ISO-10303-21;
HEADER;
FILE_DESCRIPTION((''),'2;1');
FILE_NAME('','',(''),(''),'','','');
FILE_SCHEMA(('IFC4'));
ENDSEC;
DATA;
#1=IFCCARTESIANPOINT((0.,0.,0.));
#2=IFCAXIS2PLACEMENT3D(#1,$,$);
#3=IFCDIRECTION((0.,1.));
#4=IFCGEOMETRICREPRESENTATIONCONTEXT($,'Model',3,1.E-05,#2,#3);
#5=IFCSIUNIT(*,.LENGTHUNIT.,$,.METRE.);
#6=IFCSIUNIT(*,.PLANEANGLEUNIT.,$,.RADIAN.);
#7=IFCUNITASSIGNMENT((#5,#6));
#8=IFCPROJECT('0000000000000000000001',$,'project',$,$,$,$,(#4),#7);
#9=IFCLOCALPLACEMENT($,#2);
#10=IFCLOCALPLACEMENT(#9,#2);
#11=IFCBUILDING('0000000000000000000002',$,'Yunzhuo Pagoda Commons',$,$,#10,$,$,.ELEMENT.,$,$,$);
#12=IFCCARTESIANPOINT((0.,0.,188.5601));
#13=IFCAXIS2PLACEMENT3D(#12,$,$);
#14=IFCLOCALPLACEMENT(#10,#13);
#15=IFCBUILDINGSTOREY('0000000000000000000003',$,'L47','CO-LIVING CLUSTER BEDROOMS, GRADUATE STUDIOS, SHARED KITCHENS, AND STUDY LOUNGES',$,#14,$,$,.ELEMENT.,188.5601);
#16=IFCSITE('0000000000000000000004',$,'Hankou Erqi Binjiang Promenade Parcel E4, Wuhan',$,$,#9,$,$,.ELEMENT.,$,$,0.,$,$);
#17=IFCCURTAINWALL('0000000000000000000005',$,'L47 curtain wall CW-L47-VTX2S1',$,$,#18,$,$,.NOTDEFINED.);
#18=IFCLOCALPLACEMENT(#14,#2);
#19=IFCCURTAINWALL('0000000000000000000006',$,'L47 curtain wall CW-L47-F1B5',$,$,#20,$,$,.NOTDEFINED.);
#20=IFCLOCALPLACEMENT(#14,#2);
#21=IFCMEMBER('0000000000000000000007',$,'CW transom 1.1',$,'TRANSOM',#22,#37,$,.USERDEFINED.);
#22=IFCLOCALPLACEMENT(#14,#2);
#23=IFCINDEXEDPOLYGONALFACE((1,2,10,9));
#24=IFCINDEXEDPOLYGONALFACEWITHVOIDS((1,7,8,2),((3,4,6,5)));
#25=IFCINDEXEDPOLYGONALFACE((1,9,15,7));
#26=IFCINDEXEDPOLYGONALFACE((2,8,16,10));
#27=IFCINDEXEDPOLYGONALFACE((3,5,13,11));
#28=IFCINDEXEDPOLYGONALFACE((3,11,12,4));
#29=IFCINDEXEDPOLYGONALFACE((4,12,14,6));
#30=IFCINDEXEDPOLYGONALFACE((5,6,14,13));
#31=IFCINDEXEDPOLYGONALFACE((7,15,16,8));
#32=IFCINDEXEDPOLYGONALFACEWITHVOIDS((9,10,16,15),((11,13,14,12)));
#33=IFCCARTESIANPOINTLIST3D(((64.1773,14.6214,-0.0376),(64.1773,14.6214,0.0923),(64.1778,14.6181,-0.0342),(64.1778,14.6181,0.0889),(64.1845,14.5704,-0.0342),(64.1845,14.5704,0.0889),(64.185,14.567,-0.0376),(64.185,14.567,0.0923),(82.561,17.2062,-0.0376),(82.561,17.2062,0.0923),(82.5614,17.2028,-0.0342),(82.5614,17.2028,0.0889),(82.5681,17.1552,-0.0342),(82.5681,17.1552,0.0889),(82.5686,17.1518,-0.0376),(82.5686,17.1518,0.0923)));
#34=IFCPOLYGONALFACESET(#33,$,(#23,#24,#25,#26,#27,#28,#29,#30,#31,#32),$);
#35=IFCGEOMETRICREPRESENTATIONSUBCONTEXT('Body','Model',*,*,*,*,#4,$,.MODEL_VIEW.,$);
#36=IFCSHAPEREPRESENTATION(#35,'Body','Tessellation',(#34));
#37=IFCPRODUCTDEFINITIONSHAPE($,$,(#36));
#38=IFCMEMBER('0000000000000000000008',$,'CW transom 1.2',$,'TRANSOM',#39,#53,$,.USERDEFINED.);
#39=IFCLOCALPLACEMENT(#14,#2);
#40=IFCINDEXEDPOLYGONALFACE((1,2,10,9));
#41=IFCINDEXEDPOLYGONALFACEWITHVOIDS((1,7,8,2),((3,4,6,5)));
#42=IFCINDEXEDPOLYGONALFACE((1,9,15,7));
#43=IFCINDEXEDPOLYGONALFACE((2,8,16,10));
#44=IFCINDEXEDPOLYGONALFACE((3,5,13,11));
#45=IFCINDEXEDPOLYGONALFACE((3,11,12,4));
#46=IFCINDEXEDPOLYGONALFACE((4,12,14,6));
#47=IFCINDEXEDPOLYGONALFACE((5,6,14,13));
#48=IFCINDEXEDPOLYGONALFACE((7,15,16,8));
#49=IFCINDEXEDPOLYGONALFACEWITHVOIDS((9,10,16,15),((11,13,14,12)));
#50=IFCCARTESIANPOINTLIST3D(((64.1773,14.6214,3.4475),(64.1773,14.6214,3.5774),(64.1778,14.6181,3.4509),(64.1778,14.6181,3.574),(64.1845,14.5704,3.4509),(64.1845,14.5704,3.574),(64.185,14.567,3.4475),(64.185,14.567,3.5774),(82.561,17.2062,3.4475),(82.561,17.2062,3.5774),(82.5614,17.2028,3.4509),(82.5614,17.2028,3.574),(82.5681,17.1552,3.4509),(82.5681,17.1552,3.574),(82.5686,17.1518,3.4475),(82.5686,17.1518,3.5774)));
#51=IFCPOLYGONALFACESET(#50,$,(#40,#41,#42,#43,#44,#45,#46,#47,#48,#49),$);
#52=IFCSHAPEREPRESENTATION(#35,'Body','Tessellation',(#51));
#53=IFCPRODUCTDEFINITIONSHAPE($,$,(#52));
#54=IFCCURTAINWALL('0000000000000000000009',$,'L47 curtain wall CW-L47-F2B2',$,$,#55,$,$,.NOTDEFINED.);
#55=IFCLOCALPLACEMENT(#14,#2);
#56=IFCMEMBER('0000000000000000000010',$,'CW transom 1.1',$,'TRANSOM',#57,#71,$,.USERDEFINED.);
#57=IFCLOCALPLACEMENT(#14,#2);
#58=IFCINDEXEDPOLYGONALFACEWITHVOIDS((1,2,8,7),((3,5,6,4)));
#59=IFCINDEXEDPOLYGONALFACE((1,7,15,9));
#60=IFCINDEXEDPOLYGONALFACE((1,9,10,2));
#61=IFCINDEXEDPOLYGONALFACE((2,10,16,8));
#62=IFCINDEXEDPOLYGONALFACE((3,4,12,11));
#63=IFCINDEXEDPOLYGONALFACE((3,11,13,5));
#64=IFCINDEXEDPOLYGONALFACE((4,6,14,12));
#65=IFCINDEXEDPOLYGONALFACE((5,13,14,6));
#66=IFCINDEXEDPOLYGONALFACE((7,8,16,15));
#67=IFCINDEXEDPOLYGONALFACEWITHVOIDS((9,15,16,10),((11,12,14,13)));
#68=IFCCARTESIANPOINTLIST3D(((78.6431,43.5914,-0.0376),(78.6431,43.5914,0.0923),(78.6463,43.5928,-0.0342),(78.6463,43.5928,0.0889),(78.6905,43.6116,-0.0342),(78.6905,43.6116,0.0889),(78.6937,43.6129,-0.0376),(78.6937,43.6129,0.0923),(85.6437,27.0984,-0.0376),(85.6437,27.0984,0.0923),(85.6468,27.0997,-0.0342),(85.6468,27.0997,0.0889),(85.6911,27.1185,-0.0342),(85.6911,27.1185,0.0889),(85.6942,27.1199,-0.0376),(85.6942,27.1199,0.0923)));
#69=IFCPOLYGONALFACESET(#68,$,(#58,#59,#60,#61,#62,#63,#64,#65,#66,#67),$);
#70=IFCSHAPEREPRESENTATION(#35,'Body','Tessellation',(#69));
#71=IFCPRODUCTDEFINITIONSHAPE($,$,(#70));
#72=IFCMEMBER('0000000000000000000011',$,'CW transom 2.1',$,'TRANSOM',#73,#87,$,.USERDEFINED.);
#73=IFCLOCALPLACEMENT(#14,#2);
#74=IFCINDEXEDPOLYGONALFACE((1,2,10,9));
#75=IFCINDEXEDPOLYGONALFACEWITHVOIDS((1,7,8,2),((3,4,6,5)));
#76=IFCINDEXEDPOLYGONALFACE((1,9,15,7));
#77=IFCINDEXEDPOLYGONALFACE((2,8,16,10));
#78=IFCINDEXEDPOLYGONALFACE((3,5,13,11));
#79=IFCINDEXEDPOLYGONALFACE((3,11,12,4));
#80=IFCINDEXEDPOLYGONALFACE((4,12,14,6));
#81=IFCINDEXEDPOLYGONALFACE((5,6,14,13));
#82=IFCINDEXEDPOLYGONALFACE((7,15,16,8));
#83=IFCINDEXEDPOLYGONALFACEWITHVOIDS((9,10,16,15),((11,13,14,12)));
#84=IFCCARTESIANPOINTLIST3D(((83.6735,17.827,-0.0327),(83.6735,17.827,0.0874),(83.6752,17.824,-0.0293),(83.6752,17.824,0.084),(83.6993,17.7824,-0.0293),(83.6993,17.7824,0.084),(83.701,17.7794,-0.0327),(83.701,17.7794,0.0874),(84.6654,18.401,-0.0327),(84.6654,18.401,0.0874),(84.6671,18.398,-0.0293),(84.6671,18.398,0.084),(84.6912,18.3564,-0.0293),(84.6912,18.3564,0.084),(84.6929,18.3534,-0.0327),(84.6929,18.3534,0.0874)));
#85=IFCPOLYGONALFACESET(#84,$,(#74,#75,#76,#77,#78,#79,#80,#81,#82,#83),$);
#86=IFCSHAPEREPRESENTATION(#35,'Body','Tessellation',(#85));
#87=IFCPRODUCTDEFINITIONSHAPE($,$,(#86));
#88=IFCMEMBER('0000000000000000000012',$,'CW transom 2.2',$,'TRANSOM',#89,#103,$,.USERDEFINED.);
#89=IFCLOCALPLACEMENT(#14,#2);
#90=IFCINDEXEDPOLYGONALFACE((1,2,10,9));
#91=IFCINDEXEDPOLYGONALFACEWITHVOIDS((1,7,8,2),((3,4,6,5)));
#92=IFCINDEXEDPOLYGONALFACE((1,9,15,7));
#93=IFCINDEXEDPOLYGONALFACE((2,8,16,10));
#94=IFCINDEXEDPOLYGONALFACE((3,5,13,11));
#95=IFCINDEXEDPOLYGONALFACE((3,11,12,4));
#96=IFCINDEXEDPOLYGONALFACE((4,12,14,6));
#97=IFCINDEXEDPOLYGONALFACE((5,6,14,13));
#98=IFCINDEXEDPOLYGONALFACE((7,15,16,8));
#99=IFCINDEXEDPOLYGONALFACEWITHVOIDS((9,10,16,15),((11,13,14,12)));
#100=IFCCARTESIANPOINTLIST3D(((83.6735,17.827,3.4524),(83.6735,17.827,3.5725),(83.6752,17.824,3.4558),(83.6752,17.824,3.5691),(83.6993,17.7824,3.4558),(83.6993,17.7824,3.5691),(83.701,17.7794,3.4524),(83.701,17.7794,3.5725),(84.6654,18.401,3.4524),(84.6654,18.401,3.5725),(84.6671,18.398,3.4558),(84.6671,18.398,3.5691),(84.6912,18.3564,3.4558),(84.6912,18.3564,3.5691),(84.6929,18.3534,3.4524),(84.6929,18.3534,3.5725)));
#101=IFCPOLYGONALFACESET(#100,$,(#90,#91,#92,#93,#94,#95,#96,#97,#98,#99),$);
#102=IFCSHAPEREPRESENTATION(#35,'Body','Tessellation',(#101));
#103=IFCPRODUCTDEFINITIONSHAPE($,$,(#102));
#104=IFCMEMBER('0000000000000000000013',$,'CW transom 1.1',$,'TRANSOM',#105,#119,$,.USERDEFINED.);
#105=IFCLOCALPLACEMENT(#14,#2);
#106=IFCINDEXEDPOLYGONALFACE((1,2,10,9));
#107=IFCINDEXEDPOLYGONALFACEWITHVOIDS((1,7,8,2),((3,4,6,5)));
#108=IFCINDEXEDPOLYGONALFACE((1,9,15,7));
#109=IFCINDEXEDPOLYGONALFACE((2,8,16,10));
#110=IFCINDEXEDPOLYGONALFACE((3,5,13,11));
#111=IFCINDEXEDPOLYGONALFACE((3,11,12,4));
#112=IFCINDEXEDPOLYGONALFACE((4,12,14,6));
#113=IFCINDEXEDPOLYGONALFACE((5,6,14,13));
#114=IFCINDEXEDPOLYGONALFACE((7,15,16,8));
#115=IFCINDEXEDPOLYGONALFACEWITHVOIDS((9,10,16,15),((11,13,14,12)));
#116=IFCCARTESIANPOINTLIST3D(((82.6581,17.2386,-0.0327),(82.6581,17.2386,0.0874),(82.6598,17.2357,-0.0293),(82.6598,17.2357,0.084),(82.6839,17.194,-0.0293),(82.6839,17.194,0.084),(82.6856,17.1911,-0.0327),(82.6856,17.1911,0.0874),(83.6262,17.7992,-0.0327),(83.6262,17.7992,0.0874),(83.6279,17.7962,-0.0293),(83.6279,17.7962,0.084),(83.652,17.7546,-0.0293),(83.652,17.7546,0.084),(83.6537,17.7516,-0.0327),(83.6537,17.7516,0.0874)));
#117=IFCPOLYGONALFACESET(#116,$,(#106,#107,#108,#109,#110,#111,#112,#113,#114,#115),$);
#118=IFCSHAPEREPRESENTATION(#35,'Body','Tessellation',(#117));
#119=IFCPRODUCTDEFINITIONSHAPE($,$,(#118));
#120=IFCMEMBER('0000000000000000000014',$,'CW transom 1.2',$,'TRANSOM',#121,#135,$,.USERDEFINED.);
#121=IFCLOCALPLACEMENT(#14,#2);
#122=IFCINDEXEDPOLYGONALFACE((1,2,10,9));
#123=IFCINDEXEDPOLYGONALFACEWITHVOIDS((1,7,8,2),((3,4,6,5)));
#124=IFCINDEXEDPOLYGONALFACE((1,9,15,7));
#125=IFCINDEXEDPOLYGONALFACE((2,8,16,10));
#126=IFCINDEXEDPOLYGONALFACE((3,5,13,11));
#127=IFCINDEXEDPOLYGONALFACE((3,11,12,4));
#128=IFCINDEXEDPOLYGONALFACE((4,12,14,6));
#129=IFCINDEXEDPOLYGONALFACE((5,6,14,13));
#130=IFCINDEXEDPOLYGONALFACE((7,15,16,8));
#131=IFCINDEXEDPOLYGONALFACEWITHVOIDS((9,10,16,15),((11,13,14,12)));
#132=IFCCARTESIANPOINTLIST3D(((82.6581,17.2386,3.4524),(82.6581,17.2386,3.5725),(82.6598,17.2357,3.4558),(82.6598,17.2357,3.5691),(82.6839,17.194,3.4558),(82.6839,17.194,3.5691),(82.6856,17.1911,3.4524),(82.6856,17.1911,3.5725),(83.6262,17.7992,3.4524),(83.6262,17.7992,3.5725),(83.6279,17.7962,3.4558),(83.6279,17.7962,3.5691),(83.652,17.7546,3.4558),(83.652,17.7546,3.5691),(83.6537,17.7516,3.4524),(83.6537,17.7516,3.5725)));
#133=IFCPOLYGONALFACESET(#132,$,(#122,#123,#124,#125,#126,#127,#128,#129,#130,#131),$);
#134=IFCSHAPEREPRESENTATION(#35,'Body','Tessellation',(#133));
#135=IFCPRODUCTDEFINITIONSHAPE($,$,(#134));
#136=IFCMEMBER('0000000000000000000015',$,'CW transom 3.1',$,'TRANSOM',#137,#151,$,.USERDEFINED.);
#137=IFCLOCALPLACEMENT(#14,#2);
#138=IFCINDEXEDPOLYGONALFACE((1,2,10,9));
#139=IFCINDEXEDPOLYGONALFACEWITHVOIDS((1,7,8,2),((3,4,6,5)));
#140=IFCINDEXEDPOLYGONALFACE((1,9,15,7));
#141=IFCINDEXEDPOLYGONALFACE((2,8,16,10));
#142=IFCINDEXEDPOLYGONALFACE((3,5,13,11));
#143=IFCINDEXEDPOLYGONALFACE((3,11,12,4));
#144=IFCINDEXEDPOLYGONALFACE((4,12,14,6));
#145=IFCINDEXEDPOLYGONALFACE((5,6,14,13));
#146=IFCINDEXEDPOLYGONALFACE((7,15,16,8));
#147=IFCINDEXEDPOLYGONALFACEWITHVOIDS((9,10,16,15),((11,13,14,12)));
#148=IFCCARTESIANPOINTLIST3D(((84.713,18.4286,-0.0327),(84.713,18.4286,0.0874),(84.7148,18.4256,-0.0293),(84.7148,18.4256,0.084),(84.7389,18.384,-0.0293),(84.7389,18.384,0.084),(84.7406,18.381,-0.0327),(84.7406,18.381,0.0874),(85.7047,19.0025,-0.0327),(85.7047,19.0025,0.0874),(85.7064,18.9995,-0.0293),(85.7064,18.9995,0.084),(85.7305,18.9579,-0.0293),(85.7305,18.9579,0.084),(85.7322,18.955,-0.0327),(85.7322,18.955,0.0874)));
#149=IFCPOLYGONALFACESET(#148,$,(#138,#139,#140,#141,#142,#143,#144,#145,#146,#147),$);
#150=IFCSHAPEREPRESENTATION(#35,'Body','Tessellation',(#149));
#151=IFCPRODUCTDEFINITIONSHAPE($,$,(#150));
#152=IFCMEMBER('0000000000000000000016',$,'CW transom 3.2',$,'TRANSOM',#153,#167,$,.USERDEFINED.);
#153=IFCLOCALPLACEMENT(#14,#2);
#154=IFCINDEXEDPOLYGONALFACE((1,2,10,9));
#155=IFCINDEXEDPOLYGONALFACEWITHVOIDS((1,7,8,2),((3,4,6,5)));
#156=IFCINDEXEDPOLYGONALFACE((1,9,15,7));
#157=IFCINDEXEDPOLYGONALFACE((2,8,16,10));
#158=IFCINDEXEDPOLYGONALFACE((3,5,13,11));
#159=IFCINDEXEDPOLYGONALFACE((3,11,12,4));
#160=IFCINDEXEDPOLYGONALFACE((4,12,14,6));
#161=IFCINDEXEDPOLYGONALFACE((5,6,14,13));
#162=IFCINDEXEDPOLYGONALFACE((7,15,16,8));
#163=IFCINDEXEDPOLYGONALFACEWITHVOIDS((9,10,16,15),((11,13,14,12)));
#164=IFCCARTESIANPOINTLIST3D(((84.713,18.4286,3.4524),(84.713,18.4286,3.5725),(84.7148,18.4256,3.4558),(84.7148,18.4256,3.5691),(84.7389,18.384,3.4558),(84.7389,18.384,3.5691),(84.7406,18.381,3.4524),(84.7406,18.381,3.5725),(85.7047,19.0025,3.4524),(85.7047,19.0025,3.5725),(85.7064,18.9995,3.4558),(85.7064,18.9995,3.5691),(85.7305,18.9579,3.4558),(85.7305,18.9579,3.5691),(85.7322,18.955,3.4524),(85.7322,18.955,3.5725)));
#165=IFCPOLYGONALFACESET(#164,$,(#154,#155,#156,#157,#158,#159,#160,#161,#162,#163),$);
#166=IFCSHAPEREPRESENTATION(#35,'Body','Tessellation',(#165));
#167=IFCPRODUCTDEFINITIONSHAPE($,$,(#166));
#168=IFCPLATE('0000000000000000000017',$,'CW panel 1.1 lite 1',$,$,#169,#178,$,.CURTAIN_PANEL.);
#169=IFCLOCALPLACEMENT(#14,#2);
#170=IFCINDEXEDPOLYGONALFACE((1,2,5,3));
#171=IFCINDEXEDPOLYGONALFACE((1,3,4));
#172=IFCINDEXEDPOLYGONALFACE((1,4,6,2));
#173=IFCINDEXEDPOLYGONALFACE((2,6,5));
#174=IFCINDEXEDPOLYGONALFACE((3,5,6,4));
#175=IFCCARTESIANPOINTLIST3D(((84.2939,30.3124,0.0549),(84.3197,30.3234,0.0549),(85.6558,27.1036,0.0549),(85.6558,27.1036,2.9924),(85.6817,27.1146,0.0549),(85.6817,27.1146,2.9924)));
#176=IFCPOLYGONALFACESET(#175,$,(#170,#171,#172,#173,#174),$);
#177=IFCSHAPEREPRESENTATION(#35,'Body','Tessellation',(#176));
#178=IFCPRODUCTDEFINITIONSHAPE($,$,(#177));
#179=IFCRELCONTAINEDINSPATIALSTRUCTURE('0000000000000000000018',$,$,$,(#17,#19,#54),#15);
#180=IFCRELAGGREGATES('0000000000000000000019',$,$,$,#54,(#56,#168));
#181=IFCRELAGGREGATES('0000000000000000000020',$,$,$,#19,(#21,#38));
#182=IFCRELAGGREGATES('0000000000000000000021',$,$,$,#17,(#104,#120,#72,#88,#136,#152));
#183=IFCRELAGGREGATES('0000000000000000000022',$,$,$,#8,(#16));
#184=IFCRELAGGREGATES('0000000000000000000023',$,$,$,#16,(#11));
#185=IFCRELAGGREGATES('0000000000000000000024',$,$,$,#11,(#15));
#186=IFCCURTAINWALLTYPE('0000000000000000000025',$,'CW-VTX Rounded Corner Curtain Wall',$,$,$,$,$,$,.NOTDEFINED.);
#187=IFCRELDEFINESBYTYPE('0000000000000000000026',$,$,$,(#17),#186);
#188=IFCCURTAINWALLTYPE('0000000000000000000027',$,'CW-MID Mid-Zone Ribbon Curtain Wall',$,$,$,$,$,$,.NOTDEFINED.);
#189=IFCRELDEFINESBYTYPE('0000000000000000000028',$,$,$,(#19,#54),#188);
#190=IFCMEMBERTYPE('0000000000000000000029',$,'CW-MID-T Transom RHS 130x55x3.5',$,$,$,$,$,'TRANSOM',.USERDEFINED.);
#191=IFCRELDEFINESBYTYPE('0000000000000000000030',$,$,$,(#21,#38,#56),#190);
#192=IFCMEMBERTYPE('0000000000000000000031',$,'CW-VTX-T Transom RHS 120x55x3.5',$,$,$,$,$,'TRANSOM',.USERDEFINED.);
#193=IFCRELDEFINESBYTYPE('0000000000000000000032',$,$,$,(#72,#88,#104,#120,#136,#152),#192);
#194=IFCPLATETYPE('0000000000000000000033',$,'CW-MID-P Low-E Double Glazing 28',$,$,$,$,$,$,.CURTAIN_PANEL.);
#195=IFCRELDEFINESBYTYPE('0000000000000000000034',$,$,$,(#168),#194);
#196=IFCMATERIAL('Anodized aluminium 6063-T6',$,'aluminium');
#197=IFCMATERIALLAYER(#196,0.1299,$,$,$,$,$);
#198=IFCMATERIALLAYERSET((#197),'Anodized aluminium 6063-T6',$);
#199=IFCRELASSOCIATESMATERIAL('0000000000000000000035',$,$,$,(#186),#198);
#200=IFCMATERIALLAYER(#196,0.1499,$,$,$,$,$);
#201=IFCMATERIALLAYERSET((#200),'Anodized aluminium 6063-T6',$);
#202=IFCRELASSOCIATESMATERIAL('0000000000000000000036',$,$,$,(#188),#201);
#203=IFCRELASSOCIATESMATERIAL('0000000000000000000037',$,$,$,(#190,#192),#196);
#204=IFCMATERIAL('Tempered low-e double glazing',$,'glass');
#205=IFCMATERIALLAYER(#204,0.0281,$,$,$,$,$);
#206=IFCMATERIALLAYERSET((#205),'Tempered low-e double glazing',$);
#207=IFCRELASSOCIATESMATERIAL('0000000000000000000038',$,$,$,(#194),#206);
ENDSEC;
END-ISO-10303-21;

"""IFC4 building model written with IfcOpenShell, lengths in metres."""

from ifc_helpers import new_model, si_unit, direction, frame, origin, origin_2d, place, context, subcontext, project, spatial, polyline, hollow_rectangle, outline, extrude, source, transform, mapped, material, layer, layer_set, material_profile, profile_set, type_object, element, aggregate, save


model = new_model("IFC4")

# Units and contexts
model_context = context("Model", 3, precision=1e-05, world=origin(), true_north=direction((0.0, 1.0)))
body_context = subcontext(model_context, "Body", "Model", "MODEL_VIEW")
ifc_project = project(units=[si_unit("LENGTHUNIT", "METRE"), si_unit("PLANEANGLEUNIT", "RADIAN")], contexts=[model_context])

# Site, building, storey
site_placement = place(None, origin())
site = spatial("IfcSite", under=ifc_project, at=site_placement, Name="Hankou Erqi Binjiang Promenade Parcel E4, Wuhan", CompositionType="ELEMENT", RefElevation=0.0)
building_placement = place(site_placement, origin())
building = spatial("IfcBuilding", under=site, at=building_placement, Name="Yunzhuo Pagoda Commons", CompositionType="ELEMENT")
storey_placement = place(building_placement, frame((0.0, 0.0, 188.5601)))
storey = spatial("IfcBuildingStorey", under=building, at=storey_placement, Name="L47", Description="CO-LIVING CLUSTER BEDROOMS, GRADUATE STUDIOS, SHARED KITCHENS, AND STUDY LOUNGES", CompositionType="ELEMENT", Elevation=188.5601)

# Curtain wall
ifc_material_1 = material(Name="Anodized aluminium 6063-T6", Category="aluminium")
ifc_layer_1 = layer(ifc_material_1, 0.1299)
ifc_layer_set_1 = layer_set([ifc_layer_1], Name="Anodized aluminium 6063-T6")
curtain_wall_type_1 = type_object("IfcCurtainWallType", Name="CW-VTX Rounded Corner Curtain Wall", PredefinedType="NOTDEFINED", material=ifc_layer_set_1)
curtain_wall_1_placement = place(storey_placement, origin())
curtain_wall_1 = element("IfcCurtainWall", 1, at=curtain_wall_1_placement, inside=storey, type_object=curtain_wall_type_1, Name="L47 curtain wall CW-L47-VTX2S1", PredefinedType="NOTDEFINED")

# Shared definitions
ifc_layer_2 = layer(ifc_material_1, 0.1499)
ifc_layer_set_2 = layer_set([ifc_layer_2], Name="Anodized aluminium 6063-T6")
curtain_wall_type_2 = type_object("IfcCurtainWallType", Name="CW-MID Mid-Zone Ribbon Curtain Wall", PredefinedType="NOTDEFINED", material=ifc_layer_set_2)

# Curtain wall, members
curtain_wall_2_placement = place(storey_placement, origin())
curtain_wall_2 = element("IfcCurtainWall", 2, at=curtain_wall_2_placement, inside=storey, type_object=curtain_wall_type_2, Name="L47 curtain wall CW-L47-F1B5", PredefinedType="NOTDEFINED")
ifc_material_profile_1 = material_profile(ifc_material_1, hollow_rectangle(XDim=0.0549, YDim=0.1299, WallThickness=0.0034, at=origin_2d()), Name="Anodized aluminium 6063-T6")
ifc_profile_set_1 = profile_set([ifc_material_profile_1], Name="Anodized aluminium 6063-T6")
member_type_1 = type_object("IfcMemberType", Name="CW-MID-T Transom RHS 130x55x3.5", ElementType="TRANSOM", PredefinedType="USERDEFINED", material=ifc_profile_set_1)
shared_shape_1 = source(origin(), body_context, "Body", "SweptSolid", [
    extrude(hollow_rectangle(XDim=0.0549, YDim=0.1299, WallThickness=0.0034, at=origin_2d()), origin(), (0.0, 0.0, 1.0), 18.5645),
])
member_1_placement = place(storey_placement, frame((64.1812, 14.5942, 0.0273), z_axis=(0.99026, 0.13923, 0.0), x_axis=(-0.13923, 0.99026, 0.0)))
member_1 = element("IfcMember", 3, at=member_1_placement, type_object=member_type_1, Name="CW transom 1.1", ObjectType="TRANSOM", PredefinedType="USERDEFINED", context=body_context, shape_type="MappedRepresentation", body=[
    mapped(shared_shape_1, transform((0.0, 0.0, 0.0), scale=1.0)),
])
member_2_placement = place(storey_placement, frame((64.1812, 14.5942, 3.5125), z_axis=(0.99026, 0.13923, 0.0), x_axis=(-0.13923, 0.99026, 0.0)))
member_2 = element("IfcMember", 4, at=member_2_placement, type_object=member_type_1, Name="CW transom 1.2", ObjectType="TRANSOM", PredefinedType="USERDEFINED", context=body_context, shape_type="MappedRepresentation", body=[
    mapped(shared_shape_1, transform((0.0, 0.0, 0.0), scale=1.0)),
])

# Curtain wall, member
curtain_wall_3_placement = place(storey_placement, origin())
curtain_wall_3 = element("IfcCurtainWall", 5, at=curtain_wall_3_placement, inside=storey, type_object=curtain_wall_type_2, Name="L47 curtain wall CW-L47-F2B2", PredefinedType="NOTDEFINED")
shared_shape_2 = source(origin(), body_context, "Body", "SweptSolid", [
    extrude(hollow_rectangle(XDim=0.0549, YDim=0.1299, WallThickness=0.0034, at=origin_2d()), origin(), (0.0, 0.0, 1.0), 17.9172),
])
member_3_placement = place(storey_placement, frame((85.6689, 27.1091, 0.0273), z_axis=(-0.390715, 0.920512, 0.0), x_axis=(-0.920512, -0.390715, 0.0)))
member_3 = element("IfcMember", 6, at=member_3_placement, type_object=member_type_1, Name="CW transom 1.1", ObjectType="TRANSOM", PredefinedType="USERDEFINED", context=body_context, shape_type="MappedRepresentation", body=[
    mapped(shared_shape_2, transform((0.0, 0.0, 0.0), scale=1.0)),
])

# Members
ifc_material_profile_2 = material_profile(ifc_material_1, hollow_rectangle(XDim=0.0549, YDim=0.1201, WallThickness=0.0034, at=origin_2d()), Name="Anodized aluminium 6063-T6")
ifc_profile_set_2 = profile_set([ifc_material_profile_2], Name="Anodized aluminium 6063-T6")
member_type_2 = type_object("IfcMemberType", Name="CW-VTX-T Transom RHS 120x55x3.5", ElementType="TRANSOM", PredefinedType="USERDEFINED", material=ifc_profile_set_2)
shared_shape_3 = source(origin(), body_context, "Body", "SweptSolid", [
    extrude(hollow_rectangle(XDim=0.0549, YDim=0.1201, WallThickness=0.0034, at=origin_2d()), origin(), (0.0, 0.0, 1.0), 1.146),
])
member_4_placement = place(storey_placement, frame((83.6873, 17.8032, 0.0273), z_axis=(0.865543, 0.500835, 0.0), x_axis=(-0.500835, 0.865543, 0.0)))
member_4 = element("IfcMember", 7, at=member_4_placement, type_object=member_type_2, Name="CW transom 2.1", ObjectType="TRANSOM", PredefinedType="USERDEFINED", context=body_context, shape_type="MappedRepresentation", body=[
    mapped(shared_shape_3, transform((0.0, 0.0, 0.0), scale=1.0)),
])
member_5_placement = place(storey_placement, frame((83.6873, 17.8032, 3.5125), z_axis=(0.865543, 0.500835, 0.0), x_axis=(-0.500835, 0.865543, 0.0)))
member_5 = element("IfcMember", 8, at=member_5_placement, type_object=member_type_2, Name="CW transom 2.2", ObjectType="TRANSOM", PredefinedType="USERDEFINED", context=body_context, shape_type="MappedRepresentation", body=[
    mapped(shared_shape_3, transform((0.0, 0.0, 0.0), scale=1.0)),
])
shared_shape_4 = source(origin(), body_context, "Body", "SweptSolid", [
    extrude(hollow_rectangle(XDim=0.0549, YDim=0.1201, WallThickness=0.0034, at=origin_2d()), origin(), (0.0, 0.0, 1.0), 1.1187),
])
member_6_placement = place(storey_placement, frame((82.6719, 17.2148, 0.0273), z_axis=(0.865381, 0.501114, 0.0), x_axis=(-0.501114, 0.865381, 0.0)))
member_6 = element("IfcMember", 9, at=member_6_placement, type_object=member_type_2, Name="CW transom 1.1", ObjectType="TRANSOM", PredefinedType="USERDEFINED", context=body_context, shape_type="MappedRepresentation", body=[
    mapped(shared_shape_4, transform((0.0, 0.0, 0.0), scale=1.0)),
])
member_7_placement = place(storey_placement, frame((82.6719, 17.2148, 3.5125), z_axis=(0.865381, 0.501114, 0.0), x_axis=(-0.501114, 0.865381, 0.0)))
member_7 = element("IfcMember", 10, at=member_7_placement, type_object=member_type_2, Name="CW transom 1.2", ObjectType="TRANSOM", PredefinedType="USERDEFINED", context=body_context, shape_type="MappedRepresentation", body=[
    mapped(shared_shape_4, transform((0.0, 0.0, 0.0), scale=1.0)),
])
shared_shape_5 = source(origin(), body_context, "Body", "SweptSolid", [
    extrude(hollow_rectangle(XDim=0.0549, YDim=0.1201, WallThickness=0.0034, at=origin_2d()), origin(), (0.0, 0.0, 1.0), 1.1458),
])
member_8_placement = place(storey_placement, frame((84.7268, 18.4048, 0.0273), z_axis=(0.865489, 0.500927, 0.0), x_axis=(-0.500927, 0.865489, 0.0)))
member_8 = element("IfcMember", 11, at=member_8_placement, type_object=member_type_2, Name="CW transom 3.1", ObjectType="TRANSOM", PredefinedType="USERDEFINED", context=body_context, shape_type="MappedRepresentation", body=[
    mapped(shared_shape_5, transform((0.0, 0.0, 0.0), scale=1.0)),
])
member_9_placement = place(storey_placement, frame((84.7268, 18.4048, 3.5125), z_axis=(0.865489, 0.500927, 0.0), x_axis=(-0.500927, 0.865489, 0.0)))
member_9 = element("IfcMember", 12, at=member_9_placement, type_object=member_type_2, Name="CW transom 3.2", ObjectType="TRANSOM", PredefinedType="USERDEFINED", context=body_context, shape_type="MappedRepresentation", body=[
    mapped(shared_shape_5, transform((0.0, 0.0, 0.0), scale=1.0)),
])

# Plate
ifc_material_2 = material(Name="Tempered low-e double glazing", Category="glass")
ifc_layer_3 = layer(ifc_material_2, 0.0281)
ifc_layer_set_3 = layer_set([ifc_layer_3], Name="Tempered low-e double glazing")
plate_type_1 = type_object("IfcPlateType", Name="CW-MID-P Low-E Double Glazing 28", PredefinedType="CURTAIN_PANEL", material=ifc_layer_set_3)
plate_1_placement = place(storey_placement, frame((84.9749, 28.708, 1.5237), z_axis=(0.920515, 0.390706, 0.0), x_axis=(-0.390706, 0.920515, 0.0)))
plate_1 = element("IfcPlate", 13, at=plate_1_placement, type_object=plate_type_1, Name="CW panel 1.1 lite 1", PredefinedType="CURTAIN_PANEL", context=body_context, shape_type="SweptSolid", body=[
    extrude(outline(polyline([(-1.7429, -1.4688), (1.7429, -1.4688), (-1.7429, 1.4688), (-1.7429, -1.4688)])), origin(), (0.0, 0.0, 1.0), 0.0281),
])
aggregate(curtain_wall_3, [member_3, plate_1])
aggregate(curtain_wall_2, [member_1, member_2])
aggregate(curtain_wall_1, [member_6, member_7, member_4, member_5, member_8, member_9])

save(model, "model.ifc")
